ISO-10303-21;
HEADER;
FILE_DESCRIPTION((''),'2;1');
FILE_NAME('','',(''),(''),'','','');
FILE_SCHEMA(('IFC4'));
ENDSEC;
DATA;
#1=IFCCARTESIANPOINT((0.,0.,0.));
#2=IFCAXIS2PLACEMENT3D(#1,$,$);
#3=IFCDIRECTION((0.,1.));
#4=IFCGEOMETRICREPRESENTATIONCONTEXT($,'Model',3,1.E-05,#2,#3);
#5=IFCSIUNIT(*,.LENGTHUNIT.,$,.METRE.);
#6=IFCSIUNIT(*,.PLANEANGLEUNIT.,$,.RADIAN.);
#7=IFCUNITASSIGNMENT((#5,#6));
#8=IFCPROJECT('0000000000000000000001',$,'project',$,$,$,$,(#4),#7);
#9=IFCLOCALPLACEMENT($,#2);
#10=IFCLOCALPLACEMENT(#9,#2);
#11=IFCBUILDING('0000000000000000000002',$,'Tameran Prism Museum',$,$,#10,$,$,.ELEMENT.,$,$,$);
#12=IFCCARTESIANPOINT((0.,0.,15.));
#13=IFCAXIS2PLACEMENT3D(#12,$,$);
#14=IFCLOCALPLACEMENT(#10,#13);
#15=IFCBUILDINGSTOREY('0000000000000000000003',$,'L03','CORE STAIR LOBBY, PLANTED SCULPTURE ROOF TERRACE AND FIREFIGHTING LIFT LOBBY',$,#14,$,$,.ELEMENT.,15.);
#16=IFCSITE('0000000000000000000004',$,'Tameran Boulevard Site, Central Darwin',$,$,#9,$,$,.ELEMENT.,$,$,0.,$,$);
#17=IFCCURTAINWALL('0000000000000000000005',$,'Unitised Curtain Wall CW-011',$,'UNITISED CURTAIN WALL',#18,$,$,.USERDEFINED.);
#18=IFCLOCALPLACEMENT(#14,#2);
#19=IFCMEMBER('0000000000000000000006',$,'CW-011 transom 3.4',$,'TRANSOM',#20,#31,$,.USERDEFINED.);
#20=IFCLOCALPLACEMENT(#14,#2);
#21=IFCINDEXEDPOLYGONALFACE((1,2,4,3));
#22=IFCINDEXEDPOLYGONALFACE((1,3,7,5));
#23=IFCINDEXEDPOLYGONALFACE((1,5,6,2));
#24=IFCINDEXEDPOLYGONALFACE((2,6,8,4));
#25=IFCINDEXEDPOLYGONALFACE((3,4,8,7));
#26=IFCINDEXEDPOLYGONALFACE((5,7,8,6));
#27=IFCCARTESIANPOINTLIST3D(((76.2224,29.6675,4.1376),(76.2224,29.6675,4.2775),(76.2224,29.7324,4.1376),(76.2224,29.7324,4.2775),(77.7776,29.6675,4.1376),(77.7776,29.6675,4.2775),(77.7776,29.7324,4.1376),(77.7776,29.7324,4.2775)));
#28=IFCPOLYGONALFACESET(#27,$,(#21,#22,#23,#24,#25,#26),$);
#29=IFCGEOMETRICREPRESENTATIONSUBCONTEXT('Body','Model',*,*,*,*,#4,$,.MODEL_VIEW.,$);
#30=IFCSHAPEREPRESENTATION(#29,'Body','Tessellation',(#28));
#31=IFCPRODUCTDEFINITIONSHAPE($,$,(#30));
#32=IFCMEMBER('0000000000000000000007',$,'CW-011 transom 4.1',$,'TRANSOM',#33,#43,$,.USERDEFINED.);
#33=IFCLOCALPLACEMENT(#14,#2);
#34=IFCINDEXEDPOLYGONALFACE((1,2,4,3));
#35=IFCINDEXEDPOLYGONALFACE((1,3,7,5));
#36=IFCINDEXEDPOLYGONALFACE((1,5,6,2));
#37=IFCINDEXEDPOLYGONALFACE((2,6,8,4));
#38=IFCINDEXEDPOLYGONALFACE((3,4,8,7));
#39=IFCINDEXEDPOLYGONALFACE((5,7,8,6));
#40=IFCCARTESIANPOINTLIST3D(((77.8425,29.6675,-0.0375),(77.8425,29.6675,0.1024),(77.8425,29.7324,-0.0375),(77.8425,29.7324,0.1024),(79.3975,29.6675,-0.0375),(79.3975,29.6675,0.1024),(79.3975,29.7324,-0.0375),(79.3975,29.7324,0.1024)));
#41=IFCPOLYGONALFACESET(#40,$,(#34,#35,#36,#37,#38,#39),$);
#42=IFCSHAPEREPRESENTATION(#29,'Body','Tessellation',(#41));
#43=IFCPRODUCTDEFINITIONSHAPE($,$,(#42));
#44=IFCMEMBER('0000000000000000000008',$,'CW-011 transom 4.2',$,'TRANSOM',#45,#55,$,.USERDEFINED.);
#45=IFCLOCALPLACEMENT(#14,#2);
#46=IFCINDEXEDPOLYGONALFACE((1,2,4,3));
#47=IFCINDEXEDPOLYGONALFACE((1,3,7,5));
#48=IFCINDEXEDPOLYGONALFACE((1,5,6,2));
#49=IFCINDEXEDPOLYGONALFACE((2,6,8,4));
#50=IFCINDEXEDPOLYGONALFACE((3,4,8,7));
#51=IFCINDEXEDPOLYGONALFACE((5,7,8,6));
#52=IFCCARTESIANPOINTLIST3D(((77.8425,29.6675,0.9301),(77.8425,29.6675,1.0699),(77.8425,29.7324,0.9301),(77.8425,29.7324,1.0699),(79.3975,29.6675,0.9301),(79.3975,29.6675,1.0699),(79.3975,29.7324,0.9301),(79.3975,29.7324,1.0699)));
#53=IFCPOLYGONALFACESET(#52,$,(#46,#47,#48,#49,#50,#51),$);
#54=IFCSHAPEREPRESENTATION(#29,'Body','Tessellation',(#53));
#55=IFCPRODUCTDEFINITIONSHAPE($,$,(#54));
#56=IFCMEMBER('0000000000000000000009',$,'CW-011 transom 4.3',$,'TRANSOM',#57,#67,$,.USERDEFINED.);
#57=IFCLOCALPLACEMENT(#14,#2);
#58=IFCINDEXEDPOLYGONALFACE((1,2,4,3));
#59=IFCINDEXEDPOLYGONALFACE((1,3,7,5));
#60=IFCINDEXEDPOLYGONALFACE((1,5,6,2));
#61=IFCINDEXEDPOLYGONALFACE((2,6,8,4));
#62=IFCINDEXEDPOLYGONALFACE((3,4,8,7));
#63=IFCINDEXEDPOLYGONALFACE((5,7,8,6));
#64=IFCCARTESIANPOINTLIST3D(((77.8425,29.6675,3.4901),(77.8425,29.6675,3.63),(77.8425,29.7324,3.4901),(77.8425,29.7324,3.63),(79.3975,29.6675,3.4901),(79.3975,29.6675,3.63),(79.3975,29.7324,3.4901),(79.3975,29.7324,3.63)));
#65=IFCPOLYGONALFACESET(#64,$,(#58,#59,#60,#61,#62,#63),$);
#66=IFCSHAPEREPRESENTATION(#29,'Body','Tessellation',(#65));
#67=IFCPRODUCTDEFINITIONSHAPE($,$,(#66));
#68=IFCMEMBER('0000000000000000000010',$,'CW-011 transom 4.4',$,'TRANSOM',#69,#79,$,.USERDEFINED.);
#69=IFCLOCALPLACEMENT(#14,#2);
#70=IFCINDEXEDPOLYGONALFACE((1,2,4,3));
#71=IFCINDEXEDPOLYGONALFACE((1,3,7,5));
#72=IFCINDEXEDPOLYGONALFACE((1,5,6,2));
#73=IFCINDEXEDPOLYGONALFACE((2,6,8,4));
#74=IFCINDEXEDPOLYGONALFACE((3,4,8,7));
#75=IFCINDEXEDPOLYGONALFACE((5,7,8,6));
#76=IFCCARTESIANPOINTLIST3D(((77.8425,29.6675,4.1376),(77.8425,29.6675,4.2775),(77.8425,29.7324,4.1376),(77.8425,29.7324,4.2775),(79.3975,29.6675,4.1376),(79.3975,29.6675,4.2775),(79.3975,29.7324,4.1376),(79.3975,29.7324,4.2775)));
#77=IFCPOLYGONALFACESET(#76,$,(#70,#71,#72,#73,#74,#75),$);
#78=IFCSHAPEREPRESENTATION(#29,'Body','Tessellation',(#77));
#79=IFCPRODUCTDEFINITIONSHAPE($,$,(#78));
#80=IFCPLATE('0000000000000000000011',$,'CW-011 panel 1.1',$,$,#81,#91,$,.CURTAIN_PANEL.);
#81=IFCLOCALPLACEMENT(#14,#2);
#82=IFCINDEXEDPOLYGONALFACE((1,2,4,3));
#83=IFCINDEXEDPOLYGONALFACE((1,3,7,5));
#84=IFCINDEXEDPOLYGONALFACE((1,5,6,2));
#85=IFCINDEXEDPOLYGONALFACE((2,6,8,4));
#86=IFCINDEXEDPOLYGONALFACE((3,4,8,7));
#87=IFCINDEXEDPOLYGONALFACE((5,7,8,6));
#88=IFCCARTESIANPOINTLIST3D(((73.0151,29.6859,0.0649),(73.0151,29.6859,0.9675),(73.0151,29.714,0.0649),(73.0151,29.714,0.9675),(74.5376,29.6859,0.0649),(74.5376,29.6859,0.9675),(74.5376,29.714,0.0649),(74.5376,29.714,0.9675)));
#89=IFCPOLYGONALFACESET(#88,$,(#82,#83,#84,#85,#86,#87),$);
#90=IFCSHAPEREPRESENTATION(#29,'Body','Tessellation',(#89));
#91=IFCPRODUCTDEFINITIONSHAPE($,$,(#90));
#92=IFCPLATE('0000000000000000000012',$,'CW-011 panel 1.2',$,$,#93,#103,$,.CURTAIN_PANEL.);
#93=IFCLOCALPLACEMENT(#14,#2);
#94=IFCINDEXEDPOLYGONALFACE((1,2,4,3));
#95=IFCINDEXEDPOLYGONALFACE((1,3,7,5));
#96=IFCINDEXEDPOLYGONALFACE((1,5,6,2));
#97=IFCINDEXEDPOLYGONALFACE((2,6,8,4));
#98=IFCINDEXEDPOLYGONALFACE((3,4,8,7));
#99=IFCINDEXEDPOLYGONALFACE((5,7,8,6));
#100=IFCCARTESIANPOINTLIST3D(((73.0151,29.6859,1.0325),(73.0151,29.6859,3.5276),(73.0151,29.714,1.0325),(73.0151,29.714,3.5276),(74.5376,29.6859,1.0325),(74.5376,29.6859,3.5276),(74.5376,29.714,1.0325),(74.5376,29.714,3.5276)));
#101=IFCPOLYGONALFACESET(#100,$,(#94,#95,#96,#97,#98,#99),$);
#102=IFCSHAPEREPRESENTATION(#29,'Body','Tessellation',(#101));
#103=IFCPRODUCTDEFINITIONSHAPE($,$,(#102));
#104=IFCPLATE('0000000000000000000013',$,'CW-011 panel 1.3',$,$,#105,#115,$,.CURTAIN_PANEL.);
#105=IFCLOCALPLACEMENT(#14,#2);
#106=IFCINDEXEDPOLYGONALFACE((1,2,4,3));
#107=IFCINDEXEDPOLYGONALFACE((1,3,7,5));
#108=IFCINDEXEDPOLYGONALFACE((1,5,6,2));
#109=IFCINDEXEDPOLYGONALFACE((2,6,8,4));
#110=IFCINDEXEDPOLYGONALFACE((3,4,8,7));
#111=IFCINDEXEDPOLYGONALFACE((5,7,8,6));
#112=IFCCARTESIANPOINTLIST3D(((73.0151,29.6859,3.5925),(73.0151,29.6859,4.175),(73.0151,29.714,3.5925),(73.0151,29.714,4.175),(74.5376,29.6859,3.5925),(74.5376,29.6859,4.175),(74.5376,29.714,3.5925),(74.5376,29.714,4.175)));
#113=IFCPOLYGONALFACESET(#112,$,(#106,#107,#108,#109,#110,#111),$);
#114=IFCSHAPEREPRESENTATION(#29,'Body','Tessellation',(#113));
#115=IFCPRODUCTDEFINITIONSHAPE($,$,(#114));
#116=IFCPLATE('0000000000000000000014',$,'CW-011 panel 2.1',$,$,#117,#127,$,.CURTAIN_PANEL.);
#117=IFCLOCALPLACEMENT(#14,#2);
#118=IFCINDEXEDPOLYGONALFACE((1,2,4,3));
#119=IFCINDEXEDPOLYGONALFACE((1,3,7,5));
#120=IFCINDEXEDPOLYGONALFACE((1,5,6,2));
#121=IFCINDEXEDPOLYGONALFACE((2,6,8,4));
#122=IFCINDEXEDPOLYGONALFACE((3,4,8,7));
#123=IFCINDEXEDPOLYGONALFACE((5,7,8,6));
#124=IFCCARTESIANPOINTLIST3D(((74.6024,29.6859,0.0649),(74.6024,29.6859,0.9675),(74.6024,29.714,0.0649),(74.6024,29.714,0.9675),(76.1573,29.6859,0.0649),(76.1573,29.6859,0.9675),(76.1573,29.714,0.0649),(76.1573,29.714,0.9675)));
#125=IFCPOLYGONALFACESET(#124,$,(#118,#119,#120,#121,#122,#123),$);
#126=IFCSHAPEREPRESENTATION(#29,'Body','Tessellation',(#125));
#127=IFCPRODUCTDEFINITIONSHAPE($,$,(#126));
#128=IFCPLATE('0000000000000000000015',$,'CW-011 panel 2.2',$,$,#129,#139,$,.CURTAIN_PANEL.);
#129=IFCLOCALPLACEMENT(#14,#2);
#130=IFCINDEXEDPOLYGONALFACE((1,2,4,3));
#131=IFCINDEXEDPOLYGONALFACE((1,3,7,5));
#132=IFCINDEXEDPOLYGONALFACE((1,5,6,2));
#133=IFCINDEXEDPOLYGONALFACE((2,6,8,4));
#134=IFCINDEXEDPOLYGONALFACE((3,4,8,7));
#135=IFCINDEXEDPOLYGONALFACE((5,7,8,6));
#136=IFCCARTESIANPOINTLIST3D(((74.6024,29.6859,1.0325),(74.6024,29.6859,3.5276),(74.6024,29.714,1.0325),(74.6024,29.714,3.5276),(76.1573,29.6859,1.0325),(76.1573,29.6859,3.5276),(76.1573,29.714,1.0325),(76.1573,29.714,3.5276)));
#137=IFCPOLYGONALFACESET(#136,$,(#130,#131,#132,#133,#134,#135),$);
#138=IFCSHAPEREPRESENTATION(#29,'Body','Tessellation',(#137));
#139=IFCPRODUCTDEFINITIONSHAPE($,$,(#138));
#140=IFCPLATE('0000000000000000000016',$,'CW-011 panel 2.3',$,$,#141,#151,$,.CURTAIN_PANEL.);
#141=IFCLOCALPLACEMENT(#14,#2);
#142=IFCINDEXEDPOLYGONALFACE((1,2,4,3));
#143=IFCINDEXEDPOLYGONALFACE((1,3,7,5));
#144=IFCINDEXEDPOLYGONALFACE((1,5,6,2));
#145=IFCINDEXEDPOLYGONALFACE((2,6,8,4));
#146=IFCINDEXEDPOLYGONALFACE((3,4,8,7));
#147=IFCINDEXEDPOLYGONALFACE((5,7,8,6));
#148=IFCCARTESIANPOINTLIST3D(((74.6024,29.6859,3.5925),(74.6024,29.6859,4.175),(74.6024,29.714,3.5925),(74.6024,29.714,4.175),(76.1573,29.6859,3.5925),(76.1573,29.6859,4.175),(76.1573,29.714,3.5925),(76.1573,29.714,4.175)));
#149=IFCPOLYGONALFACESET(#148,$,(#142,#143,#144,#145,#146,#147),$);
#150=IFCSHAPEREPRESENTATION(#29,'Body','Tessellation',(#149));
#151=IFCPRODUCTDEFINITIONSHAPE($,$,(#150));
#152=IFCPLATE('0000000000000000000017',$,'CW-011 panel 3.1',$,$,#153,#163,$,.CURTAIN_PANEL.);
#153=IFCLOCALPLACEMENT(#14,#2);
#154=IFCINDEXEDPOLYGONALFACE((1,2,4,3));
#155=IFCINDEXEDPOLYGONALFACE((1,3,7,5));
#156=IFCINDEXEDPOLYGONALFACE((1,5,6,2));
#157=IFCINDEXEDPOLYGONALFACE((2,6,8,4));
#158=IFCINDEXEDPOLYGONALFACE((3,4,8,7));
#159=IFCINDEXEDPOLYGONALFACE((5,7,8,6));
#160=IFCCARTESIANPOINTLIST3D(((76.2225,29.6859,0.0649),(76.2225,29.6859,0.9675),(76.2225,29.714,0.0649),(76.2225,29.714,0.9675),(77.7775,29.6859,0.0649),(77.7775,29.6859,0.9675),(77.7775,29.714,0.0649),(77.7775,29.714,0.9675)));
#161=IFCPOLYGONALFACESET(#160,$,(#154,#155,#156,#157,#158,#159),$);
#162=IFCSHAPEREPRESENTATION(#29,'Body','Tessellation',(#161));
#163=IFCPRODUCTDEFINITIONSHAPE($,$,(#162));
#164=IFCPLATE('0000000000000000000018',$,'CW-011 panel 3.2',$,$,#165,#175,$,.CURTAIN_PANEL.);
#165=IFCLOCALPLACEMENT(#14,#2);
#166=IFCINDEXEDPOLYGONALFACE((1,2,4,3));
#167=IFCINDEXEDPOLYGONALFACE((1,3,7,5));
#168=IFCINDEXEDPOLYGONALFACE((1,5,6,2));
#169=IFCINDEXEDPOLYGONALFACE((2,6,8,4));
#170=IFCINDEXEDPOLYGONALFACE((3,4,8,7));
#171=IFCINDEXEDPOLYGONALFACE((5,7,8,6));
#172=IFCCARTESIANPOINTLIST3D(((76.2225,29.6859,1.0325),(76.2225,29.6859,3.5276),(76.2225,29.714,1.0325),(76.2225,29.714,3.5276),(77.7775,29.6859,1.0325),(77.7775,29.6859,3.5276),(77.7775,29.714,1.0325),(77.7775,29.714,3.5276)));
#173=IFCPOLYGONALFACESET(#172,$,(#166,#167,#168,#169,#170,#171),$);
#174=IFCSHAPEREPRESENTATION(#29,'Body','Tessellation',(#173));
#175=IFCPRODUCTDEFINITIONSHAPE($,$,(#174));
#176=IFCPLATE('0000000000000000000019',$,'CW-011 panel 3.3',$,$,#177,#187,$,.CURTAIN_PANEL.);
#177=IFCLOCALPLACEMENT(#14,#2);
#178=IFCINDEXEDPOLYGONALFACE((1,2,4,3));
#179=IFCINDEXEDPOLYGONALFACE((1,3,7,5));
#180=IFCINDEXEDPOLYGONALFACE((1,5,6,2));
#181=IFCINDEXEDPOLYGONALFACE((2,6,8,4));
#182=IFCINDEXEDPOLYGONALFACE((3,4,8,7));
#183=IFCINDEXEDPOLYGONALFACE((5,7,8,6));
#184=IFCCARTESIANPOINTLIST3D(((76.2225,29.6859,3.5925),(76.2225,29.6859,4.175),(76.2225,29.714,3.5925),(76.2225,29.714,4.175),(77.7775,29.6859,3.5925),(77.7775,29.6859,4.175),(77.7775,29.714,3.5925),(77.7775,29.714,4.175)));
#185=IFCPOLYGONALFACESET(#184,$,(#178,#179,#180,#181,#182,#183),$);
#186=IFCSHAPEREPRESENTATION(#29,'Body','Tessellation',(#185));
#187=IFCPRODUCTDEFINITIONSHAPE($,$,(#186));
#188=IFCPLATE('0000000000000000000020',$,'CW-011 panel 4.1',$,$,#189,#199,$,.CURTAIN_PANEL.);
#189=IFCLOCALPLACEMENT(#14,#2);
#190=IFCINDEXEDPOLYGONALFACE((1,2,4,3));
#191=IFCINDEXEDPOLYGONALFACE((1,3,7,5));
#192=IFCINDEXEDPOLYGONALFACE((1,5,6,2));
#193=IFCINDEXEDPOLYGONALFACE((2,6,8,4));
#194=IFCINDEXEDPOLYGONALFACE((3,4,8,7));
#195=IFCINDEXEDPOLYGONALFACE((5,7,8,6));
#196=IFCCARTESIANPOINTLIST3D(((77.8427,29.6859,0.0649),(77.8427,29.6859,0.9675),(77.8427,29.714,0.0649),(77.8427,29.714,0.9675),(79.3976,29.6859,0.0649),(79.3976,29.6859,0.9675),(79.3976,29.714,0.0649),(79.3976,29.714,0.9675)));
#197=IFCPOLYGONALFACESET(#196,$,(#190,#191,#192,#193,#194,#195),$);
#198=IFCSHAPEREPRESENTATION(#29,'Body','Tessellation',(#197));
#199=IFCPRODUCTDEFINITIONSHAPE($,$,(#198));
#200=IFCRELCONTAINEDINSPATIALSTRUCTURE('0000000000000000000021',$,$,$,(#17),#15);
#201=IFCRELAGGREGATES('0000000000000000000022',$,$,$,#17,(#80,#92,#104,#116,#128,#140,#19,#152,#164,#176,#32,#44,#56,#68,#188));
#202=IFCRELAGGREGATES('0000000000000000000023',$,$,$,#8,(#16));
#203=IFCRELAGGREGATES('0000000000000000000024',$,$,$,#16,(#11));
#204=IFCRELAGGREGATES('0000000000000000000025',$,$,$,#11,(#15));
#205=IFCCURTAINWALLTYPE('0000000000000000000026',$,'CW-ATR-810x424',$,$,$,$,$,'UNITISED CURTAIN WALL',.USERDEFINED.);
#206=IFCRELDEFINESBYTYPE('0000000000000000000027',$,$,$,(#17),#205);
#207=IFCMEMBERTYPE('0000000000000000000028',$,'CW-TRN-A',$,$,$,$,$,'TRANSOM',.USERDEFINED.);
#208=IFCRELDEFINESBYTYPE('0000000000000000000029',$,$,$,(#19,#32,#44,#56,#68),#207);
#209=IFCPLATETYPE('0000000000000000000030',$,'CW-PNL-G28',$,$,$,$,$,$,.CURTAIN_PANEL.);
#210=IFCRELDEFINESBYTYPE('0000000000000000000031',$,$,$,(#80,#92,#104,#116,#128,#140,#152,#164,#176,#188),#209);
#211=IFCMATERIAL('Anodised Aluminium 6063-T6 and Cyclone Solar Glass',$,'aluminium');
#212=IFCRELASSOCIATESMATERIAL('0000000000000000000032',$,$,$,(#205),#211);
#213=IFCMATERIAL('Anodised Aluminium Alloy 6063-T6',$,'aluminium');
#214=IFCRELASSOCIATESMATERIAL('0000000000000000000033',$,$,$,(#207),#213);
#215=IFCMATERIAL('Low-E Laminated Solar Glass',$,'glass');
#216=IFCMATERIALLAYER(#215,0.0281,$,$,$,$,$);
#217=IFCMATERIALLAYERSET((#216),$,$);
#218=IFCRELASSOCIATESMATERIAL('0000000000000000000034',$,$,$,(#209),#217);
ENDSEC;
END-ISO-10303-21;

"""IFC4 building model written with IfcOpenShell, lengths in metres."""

from ifc_helpers import new_model, si_unit, direction, frame, origin, origin_2d, place, context, subcontext, project, spatial, rectangle, extrude, material, layer, layer_set, material_profile, profile_set, type_object, element, aggregate, save


model = new_model("IFC4")

# Units and contexts
model_context = context("Model", 3, precision=1e-05, world=origin(), true_north=direction((0.0, 1.0)))
body_context = subcontext(model_context, "Body", "Model", "MODEL_VIEW")
ifc_project = project(units=[si_unit("LENGTHUNIT", "METRE"), si_unit("PLANEANGLEUNIT", "RADIAN")], contexts=[model_context])

# Site, building, storey
site_placement = place(None, origin())
site = spatial("IfcSite", under=ifc_project, at=site_placement, Name="Tameran Boulevard Site, Central Darwin", CompositionType="ELEMENT", RefElevation=0.0)
building_placement = place(site_placement, origin())
building = spatial("IfcBuilding", under=site, at=building_placement, Name="Tameran Prism Museum", CompositionType="ELEMENT")
storey_placement = place(building_placement, frame((0.0, 0.0, 15.0)))
storey = spatial("IfcBuildingStorey", under=building, at=storey_placement, Name="L03", Description="CORE STAIR LOBBY, PLANTED SCULPTURE ROOF TERRACE AND FIREFIGHTING LIFT LOBBY", CompositionType="ELEMENT", Elevation=15.0)

# Curtain wall, members, plates
ifc_material_1 = material(Name="Anodised Aluminium 6063-T6 and Cyclone Solar Glass", Category="aluminium")
curtain_wall_type_1 = type_object("IfcCurtainWallType", Name="CW-ATR-810x424", ElementType="UNITISED CURTAIN WALL", PredefinedType="USERDEFINED", material=ifc_material_1)
curtain_wall_1_placement = place(storey_placement, origin())
curtain_wall_1 = element("IfcCurtainWall", 1, at=curtain_wall_1_placement, inside=storey, type_object=curtain_wall_type_1, Name="Unitised Curtain Wall CW-011", ObjectType="UNITISED CURTAIN WALL", PredefinedType="USERDEFINED")
ifc_material_2 = material(Name="Anodised Aluminium Alloy 6063-T6", Category="aluminium")
ifc_material_profile_1 = material_profile(ifc_material_2, rectangle(XDim=0.0649, YDim=0.1399, at=origin_2d()))
ifc_profile_set_1 = profile_set([ifc_material_profile_1])
member_type_1 = type_object("IfcMemberType", Name="CW-TRN-A", ElementType="TRANSOM", PredefinedType="USERDEFINED", material=ifc_profile_set_1)
member_1_placement = place(storey_placement, frame((76.2224, 29.7, 4.2075), z_axis=(1.0, 0.0, 0.0), x_axis=(0.0, 1.0, 0.0)))
member_1 = element("IfcMember", 2, at=member_1_placement, type_object=member_type_1, Name="CW-011 transom 3.4", ObjectType="TRANSOM", PredefinedType="USERDEFINED", context=body_context, shape_type="SweptSolid", body=[
    extrude(rectangle(XDim=0.0649, YDim=0.1399, at=origin_2d()), origin(), (0.0, 0.0, 1.0), 1.5552),
])
member_2_placement = place(storey_placement, frame((77.8425, 29.7, 0.0325), z_axis=(1.0, 0.0, 0.0), x_axis=(0.0, 1.0, 0.0)))
member_2 = element("IfcMember", 3, at=member_2_placement, type_object=member_type_1, Name="CW-011 transom 4.1", ObjectType="TRANSOM", PredefinedType="USERDEFINED", context=body_context, shape_type="SweptSolid", body=[
    extrude(rectangle(XDim=0.0649, YDim=0.1399, at=origin_2d()), origin(), (0.0, 0.0, 1.0), 1.5549),
])
member_3_placement = place(storey_placement, frame((77.8425, 29.7, 1.0), z_axis=(1.0, 0.0, 0.0), x_axis=(0.0, 1.0, 0.0)))
member_3 = element("IfcMember", 4, at=member_3_placement, type_object=member_type_1, Name="CW-011 transom 4.2", ObjectType="TRANSOM", PredefinedType="USERDEFINED", context=body_context, shape_type="SweptSolid", body=[
    extrude(rectangle(XDim=0.0649, YDim=0.1399, at=origin_2d()), origin(), (0.0, 0.0, 1.0), 1.5549),
])
member_4_placement = place(storey_placement, frame((77.8425, 29.7, 3.5601), z_axis=(1.0, 0.0, 0.0), x_axis=(0.0, 1.0, 0.0)))
member_4 = element("IfcMember", 5, at=member_4_placement, type_object=member_type_1, Name="CW-011 transom 4.3", ObjectType="TRANSOM", PredefinedType="USERDEFINED", context=body_context, shape_type="SweptSolid", body=[
    extrude(rectangle(XDim=0.0649, YDim=0.1399, at=origin_2d()), origin(), (0.0, 0.0, 1.0), 1.5549),
])
member_5_placement = place(storey_placement, frame((77.8425, 29.7, 4.2075), z_axis=(1.0, 0.0, 0.0), x_axis=(0.0, 1.0, 0.0)))
member_5 = element("IfcMember", 6, at=member_5_placement, type_object=member_type_1, Name="CW-011 transom 4.4", ObjectType="TRANSOM", PredefinedType="USERDEFINED", context=body_context, shape_type="SweptSolid", body=[
    extrude(rectangle(XDim=0.0649, YDim=0.1399, at=origin_2d()), origin(), (0.0, 0.0, 1.0), 1.5549),
])
ifc_material_3 = material(Name="Low-E Laminated Solar Glass", Category="glass")
ifc_layer_1 = layer(ifc_material_3, 0.0281)
ifc_layer_set_1 = layer_set([ifc_layer_1])
plate_type = type_object("IfcPlateType", Name="CW-PNL-G28", PredefinedType="CURTAIN_PANEL", material=ifc_layer_set_1)
plate_1_placement = place(storey_placement, frame((73.7764, 29.7, 0.0649), z_axis=(0.0, 0.0, 1.0), x_axis=(1.0, 0.0, 0.0)))
plate_1 = element("IfcPlate", 7, at=plate_1_placement, type_object=plate_type, Name="CW-011 panel 1.1", PredefinedType="CURTAIN_PANEL", context=body_context, shape_type="SweptSolid", body=[
    extrude(rectangle(XDim=1.5225, YDim=0.0281, at=origin_2d()), origin(), (0.0, 0.0, 1.0), 0.9026),
])
plate_2_placement = place(storey_placement, frame((73.7764, 29.7, 1.0325), z_axis=(0.0, 0.0, 1.0), x_axis=(1.0, 0.0, 0.0)))
plate_2 = element("IfcPlate", 8, at=plate_2_placement, type_object=plate_type, Name="CW-011 panel 1.2", PredefinedType="CURTAIN_PANEL", context=body_context, shape_type="SweptSolid", body=[
    extrude(rectangle(XDim=1.5225, YDim=0.0281, at=origin_2d()), origin(), (0.0, 0.0, 1.0), 2.4951),
])
plate_3_placement = place(storey_placement, frame((73.7764, 29.7, 3.5925), z_axis=(0.0, 0.0, 1.0), x_axis=(1.0, 0.0, 0.0)))
plate_3 = element("IfcPlate", 9, at=plate_3_placement, type_object=plate_type, Name="CW-011 panel 1.3", PredefinedType="CURTAIN_PANEL", context=body_context, shape_type="SweptSolid", body=[
    extrude(rectangle(XDim=1.5225, YDim=0.0281, at=origin_2d()), origin(), (0.0, 0.0, 1.0), 0.5825),
])
plate_4_placement = place(storey_placement, frame((75.3799, 29.7, 0.0649), z_axis=(0.0, 0.0, 1.0), x_axis=(1.0, 0.0, 0.0)))
plate_4 = element("IfcPlate", 10, at=plate_4_placement, type_object=plate_type, Name="CW-011 panel 2.1", PredefinedType="CURTAIN_PANEL", context=body_context, shape_type="SweptSolid", body=[
    extrude(rectangle(XDim=1.5549, YDim=0.0281, at=origin_2d()), origin(), (0.0, 0.0, 1.0), 0.9026),
])
plate_5_placement = place(storey_placement, frame((75.3799, 29.7, 1.0325), z_axis=(0.0, 0.0, 1.0), x_axis=(1.0, 0.0, 0.0)))
plate_5 = element("IfcPlate", 11, at=plate_5_placement, type_object=plate_type, Name="CW-011 panel 2.2", PredefinedType="CURTAIN_PANEL", context=body_context, shape_type="SweptSolid", body=[
    extrude(rectangle(XDim=1.5549, YDim=0.0281, at=origin_2d()), origin(), (0.0, 0.0, 1.0), 2.4951),
])
plate_6_placement = place(storey_placement, frame((75.3799, 29.7, 3.5925), z_axis=(0.0, 0.0, 1.0), x_axis=(1.0, 0.0, 0.0)))
plate_6 = element("IfcPlate", 12, at=plate_6_placement, type_object=plate_type, Name="CW-011 panel 2.3", PredefinedType="CURTAIN_PANEL", context=body_context, shape_type="SweptSolid", body=[
    extrude(rectangle(XDim=1.5549, YDim=0.0281, at=origin_2d()), origin(), (0.0, 0.0, 1.0), 0.5825),
])
plate_7_placement = place(storey_placement, frame((77.0, 29.7, 0.0649), z_axis=(0.0, 0.0, 1.0), x_axis=(1.0, 0.0, 0.0)))
plate_7 = element("IfcPlate", 13, at=plate_7_placement, type_object=plate_type, Name="CW-011 panel 3.1", PredefinedType="CURTAIN_PANEL", context=body_context, shape_type="SweptSolid", body=[
    extrude(rectangle(XDim=1.5549, YDim=0.0281, at=origin_2d()), origin(), (0.0, 0.0, 1.0), 0.9026),
])
plate_8_placement = place(storey_placement, frame((77.0, 29.7, 1.0325), z_axis=(0.0, 0.0, 1.0), x_axis=(1.0, 0.0, 0.0)))
plate_8 = element("IfcPlate", 14, at=plate_8_placement, type_object=plate_type, Name="CW-011 panel 3.2", PredefinedType="CURTAIN_PANEL", context=body_context, shape_type="SweptSolid", body=[
    extrude(rectangle(XDim=1.5549, YDim=0.0281, at=origin_2d()), origin(), (0.0, 0.0, 1.0), 2.4951),
])
plate_9_placement = place(storey_placement, frame((77.0, 29.7, 3.5925), z_axis=(0.0, 0.0, 1.0), x_axis=(1.0, 0.0, 0.0)))
plate_9 = element("IfcPlate", 15, at=plate_9_placement, type_object=plate_type, Name="CW-011 panel 3.3", PredefinedType="CURTAIN_PANEL", context=body_context, shape_type="SweptSolid", body=[
    extrude(rectangle(XDim=1.5549, YDim=0.0281, at=origin_2d()), origin(), (0.0, 0.0, 1.0), 0.5825),
])
plate_10_placement = place(storey_placement, frame((78.6201, 29.7, 0.0649), z_axis=(0.0, 0.0, 1.0), x_axis=(1.0, 0.0, 0.0)))
plate_10 = element("IfcPlate", 16, at=plate_10_placement, type_object=plate_type, Name="CW-011 panel 4.1", PredefinedType="CURTAIN_PANEL", context=body_context, shape_type="SweptSolid", body=[
    extrude(rectangle(XDim=1.5549, YDim=0.0281, at=origin_2d()), origin(), (0.0, 0.0, 1.0), 0.9026),
])
aggregate(curtain_wall_1, [plate_1, plate_2, plate_3, plate_4, plate_5, plate_6, member_1, plate_7, plate_8, plate_9, member_2, member_3, member_4, member_5, plate_10])

save(model, "model.ifc")
